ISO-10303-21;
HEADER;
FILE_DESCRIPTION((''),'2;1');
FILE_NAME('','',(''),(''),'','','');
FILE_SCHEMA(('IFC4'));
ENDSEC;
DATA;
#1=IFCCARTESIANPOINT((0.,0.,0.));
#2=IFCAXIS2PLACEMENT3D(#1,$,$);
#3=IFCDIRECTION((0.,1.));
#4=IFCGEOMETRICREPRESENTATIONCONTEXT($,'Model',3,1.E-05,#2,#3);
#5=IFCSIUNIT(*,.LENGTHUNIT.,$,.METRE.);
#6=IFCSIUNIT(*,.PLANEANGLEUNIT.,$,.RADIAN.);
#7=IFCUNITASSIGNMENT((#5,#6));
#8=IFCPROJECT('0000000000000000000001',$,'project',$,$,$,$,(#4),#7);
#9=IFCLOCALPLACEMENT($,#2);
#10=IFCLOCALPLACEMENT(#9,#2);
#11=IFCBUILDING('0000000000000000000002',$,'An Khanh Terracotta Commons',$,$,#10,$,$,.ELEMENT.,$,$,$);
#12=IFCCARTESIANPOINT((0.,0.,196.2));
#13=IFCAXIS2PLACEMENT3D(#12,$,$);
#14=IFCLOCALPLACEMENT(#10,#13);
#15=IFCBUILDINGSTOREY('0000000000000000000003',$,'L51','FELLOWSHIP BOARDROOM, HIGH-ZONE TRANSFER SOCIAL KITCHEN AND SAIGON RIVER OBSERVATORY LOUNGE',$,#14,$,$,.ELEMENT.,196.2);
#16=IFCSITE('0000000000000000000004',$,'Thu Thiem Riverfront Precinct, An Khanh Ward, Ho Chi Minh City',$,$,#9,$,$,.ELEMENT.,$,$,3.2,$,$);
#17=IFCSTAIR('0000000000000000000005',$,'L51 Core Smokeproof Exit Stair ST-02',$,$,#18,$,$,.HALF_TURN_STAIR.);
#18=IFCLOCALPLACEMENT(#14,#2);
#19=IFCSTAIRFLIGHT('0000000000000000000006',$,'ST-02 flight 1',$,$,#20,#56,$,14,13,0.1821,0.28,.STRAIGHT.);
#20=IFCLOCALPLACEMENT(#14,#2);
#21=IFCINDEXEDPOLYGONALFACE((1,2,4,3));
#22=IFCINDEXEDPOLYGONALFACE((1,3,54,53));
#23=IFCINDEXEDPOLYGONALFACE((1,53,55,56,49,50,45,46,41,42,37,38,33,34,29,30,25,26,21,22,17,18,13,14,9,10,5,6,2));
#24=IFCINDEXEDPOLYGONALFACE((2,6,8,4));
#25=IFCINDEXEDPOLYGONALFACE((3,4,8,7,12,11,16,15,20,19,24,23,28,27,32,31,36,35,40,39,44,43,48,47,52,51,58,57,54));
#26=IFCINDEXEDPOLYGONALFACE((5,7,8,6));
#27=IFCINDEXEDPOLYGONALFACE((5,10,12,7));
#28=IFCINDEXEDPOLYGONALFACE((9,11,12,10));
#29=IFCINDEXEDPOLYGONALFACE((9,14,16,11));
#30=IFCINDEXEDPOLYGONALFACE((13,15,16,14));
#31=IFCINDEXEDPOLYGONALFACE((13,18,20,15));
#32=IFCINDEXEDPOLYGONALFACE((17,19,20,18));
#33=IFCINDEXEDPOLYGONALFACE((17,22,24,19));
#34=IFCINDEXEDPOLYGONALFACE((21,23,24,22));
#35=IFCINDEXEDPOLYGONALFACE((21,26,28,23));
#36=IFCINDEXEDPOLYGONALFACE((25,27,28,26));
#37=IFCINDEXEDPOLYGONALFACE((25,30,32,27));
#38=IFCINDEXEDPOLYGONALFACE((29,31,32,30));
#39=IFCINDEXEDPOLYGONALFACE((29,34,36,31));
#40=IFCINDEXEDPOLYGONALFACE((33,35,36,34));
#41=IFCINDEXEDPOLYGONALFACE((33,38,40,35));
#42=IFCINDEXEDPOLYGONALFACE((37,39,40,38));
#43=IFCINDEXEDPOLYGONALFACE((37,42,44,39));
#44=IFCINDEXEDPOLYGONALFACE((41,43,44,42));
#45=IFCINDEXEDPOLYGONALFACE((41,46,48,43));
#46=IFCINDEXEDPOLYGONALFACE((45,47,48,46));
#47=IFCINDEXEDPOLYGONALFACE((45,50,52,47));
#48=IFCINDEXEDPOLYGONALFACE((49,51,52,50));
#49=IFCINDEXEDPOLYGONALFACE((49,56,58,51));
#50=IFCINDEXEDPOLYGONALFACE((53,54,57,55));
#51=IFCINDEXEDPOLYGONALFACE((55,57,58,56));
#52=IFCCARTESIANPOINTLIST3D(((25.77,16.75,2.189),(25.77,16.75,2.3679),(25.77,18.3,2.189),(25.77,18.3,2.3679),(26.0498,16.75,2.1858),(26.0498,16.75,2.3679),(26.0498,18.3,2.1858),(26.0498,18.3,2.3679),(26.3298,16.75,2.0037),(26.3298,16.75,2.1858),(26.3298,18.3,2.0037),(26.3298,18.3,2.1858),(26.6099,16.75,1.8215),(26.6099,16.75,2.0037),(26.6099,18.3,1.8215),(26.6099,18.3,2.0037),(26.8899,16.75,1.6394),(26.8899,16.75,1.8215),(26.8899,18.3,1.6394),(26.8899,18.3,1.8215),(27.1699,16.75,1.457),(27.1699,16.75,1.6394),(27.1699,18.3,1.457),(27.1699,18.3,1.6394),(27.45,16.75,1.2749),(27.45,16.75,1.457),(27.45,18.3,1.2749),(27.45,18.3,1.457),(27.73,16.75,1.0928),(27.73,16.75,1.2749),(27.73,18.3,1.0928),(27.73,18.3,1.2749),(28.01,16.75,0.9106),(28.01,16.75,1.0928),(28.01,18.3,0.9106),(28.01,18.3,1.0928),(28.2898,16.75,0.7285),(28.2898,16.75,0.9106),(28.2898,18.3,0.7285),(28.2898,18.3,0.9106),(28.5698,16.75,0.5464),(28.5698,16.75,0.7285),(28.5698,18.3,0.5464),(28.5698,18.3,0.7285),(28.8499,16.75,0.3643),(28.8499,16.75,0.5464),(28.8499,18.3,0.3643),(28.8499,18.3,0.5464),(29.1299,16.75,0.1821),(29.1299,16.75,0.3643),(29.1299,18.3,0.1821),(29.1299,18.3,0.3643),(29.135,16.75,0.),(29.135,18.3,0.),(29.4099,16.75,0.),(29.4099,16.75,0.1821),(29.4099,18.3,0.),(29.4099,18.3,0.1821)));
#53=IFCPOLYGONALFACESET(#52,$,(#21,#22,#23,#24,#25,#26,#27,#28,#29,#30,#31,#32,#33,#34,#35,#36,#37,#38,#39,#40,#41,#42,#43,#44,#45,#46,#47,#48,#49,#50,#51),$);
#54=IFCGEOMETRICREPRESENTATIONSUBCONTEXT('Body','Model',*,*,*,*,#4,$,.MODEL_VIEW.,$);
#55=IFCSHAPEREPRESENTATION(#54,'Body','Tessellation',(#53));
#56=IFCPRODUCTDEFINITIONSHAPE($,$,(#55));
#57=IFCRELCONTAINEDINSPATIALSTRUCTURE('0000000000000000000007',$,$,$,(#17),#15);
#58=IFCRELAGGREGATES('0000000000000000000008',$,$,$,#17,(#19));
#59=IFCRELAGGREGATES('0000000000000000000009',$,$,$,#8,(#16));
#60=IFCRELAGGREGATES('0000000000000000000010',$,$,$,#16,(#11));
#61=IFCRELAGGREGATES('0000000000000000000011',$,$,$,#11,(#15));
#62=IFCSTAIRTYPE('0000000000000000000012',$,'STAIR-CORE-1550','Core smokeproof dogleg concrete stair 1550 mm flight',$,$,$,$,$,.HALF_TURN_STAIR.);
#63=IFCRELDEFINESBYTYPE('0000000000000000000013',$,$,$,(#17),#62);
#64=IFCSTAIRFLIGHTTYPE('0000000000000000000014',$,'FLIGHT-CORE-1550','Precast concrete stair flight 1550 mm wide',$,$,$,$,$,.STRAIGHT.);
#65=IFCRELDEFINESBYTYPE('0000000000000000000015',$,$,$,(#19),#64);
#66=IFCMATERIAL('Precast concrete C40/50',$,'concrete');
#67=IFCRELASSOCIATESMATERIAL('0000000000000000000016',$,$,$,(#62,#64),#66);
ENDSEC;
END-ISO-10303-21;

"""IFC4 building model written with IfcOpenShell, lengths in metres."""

from ifc_helpers import new_model, si_unit, direction, frame, origin, place, context, subcontext, project, spatial, polyline, outline, extrude, material, type_object, element, aggregate, save


model = new_model("IFC4")

# Units and contexts
model_context = context("Model", 3, precision=1e-05, world=origin(), true_north=direction((0.0, 1.0)))
body_context = subcontext(model_context, "Body", "Model", "MODEL_VIEW")
ifc_project = project(units=[si_unit("LENGTHUNIT", "METRE"), si_unit("PLANEANGLEUNIT", "RADIAN")], contexts=[model_context])

# Site, building, storey
site_placement = place(None, origin())
site = spatial("IfcSite", under=ifc_project, at=site_placement, Name="Thu Thiem Riverfront Precinct, An Khanh Ward, Ho Chi Minh City", CompositionType="ELEMENT", RefElevation=3.2)
building_placement = place(site_placement, origin())
building = spatial("IfcBuilding", under=site, at=building_placement, Name="An Khanh Terracotta Commons", CompositionType="ELEMENT")
storey_placement = place(building_placement, frame((0.0, 0.0, 196.2)))
storey = spatial("IfcBuildingStorey", under=building, at=storey_placement, Name="L51", Description="FELLOWSHIP BOARDROOM, HIGH-ZONE TRANSFER SOCIAL KITCHEN AND SAIGON RIVER OBSERVATORY LOUNGE", CompositionType="ELEMENT", Elevation=196.2)

# Stair, stair flight
ifc_material_1 = material(Name="Precast concrete C40/50", Category="concrete")
stair_type = type_object("IfcStairType", Name="STAIR-CORE-1550", Description="Core smokeproof dogleg concrete stair 1550 mm flight", PredefinedType="HALF_TURN_STAIR", material=ifc_material_1)
stair_placement = place(storey_placement, origin())
stair = element("IfcStair", 1, at=stair_placement, inside=storey, type_object=stair_type, Name="L51 Core Smokeproof Exit Stair ST-02", PredefinedType="HALF_TURN_STAIR")
stair_flight_type = type_object("IfcStairFlightType", Name="FLIGHT-CORE-1550", Description="Precast concrete stair flight 1550 mm wide", PredefinedType="STRAIGHT", material=ifc_material_1)
stair_flight_placement = place(storey_placement, frame((29.4099, 17.5249, 0.0), z_axis=(0.0, 0.0, 1.0), x_axis=(-1.0, 0.0, 0.0)))
stair_flight = element("IfcStairFlight", 2, at=stair_flight_placement, type_object=stair_flight_type, Name="ST-02 flight 1", NumberOfRisers=14, NumberOfTreads=13, PredefinedType="STRAIGHT", RiserHeight=0.1821, TreadLength=0.28, context=body_context, shape_type="SweptSolid", body=[
    extrude(outline(polyline([(0.0, 0.0), (0.0, 0.1821), (0.28, 0.1821), (0.28, 0.3643), (0.5601, 0.3643), (0.5601, 0.5464), (0.8401, 0.5464), (0.8401, 0.7285), (1.1201, 0.7285), (1.1201, 0.9106), (1.3999, 0.9106), (1.3999, 1.0928), (1.6799, 1.0928), (1.6799, 1.2749), (1.96, 1.2749), (1.96, 1.457), (2.24, 1.457), (2.24, 1.6394), (2.52, 1.6394), (2.52, 1.8215), (2.8, 1.8215), (2.8, 2.0037), (3.0801, 2.0037), (3.0801, 2.1858), (3.3601, 2.1858), (3.3601, 2.3679), (3.6399, 2.3679), (3.6399, 2.55), (3.6399, 2.189), (0.2749, 0.0), (0.0, 0.0)])), frame((0.0, 0.7749, 0.0), z_axis=(0.0, -1.0, 0.0), x_axis=(1.0, 0.0, 0.0)), (0.0, 0.0, 1.0), 1.55),
])
aggregate(stair, [stair_flight])

save(model, "model.ifc")
